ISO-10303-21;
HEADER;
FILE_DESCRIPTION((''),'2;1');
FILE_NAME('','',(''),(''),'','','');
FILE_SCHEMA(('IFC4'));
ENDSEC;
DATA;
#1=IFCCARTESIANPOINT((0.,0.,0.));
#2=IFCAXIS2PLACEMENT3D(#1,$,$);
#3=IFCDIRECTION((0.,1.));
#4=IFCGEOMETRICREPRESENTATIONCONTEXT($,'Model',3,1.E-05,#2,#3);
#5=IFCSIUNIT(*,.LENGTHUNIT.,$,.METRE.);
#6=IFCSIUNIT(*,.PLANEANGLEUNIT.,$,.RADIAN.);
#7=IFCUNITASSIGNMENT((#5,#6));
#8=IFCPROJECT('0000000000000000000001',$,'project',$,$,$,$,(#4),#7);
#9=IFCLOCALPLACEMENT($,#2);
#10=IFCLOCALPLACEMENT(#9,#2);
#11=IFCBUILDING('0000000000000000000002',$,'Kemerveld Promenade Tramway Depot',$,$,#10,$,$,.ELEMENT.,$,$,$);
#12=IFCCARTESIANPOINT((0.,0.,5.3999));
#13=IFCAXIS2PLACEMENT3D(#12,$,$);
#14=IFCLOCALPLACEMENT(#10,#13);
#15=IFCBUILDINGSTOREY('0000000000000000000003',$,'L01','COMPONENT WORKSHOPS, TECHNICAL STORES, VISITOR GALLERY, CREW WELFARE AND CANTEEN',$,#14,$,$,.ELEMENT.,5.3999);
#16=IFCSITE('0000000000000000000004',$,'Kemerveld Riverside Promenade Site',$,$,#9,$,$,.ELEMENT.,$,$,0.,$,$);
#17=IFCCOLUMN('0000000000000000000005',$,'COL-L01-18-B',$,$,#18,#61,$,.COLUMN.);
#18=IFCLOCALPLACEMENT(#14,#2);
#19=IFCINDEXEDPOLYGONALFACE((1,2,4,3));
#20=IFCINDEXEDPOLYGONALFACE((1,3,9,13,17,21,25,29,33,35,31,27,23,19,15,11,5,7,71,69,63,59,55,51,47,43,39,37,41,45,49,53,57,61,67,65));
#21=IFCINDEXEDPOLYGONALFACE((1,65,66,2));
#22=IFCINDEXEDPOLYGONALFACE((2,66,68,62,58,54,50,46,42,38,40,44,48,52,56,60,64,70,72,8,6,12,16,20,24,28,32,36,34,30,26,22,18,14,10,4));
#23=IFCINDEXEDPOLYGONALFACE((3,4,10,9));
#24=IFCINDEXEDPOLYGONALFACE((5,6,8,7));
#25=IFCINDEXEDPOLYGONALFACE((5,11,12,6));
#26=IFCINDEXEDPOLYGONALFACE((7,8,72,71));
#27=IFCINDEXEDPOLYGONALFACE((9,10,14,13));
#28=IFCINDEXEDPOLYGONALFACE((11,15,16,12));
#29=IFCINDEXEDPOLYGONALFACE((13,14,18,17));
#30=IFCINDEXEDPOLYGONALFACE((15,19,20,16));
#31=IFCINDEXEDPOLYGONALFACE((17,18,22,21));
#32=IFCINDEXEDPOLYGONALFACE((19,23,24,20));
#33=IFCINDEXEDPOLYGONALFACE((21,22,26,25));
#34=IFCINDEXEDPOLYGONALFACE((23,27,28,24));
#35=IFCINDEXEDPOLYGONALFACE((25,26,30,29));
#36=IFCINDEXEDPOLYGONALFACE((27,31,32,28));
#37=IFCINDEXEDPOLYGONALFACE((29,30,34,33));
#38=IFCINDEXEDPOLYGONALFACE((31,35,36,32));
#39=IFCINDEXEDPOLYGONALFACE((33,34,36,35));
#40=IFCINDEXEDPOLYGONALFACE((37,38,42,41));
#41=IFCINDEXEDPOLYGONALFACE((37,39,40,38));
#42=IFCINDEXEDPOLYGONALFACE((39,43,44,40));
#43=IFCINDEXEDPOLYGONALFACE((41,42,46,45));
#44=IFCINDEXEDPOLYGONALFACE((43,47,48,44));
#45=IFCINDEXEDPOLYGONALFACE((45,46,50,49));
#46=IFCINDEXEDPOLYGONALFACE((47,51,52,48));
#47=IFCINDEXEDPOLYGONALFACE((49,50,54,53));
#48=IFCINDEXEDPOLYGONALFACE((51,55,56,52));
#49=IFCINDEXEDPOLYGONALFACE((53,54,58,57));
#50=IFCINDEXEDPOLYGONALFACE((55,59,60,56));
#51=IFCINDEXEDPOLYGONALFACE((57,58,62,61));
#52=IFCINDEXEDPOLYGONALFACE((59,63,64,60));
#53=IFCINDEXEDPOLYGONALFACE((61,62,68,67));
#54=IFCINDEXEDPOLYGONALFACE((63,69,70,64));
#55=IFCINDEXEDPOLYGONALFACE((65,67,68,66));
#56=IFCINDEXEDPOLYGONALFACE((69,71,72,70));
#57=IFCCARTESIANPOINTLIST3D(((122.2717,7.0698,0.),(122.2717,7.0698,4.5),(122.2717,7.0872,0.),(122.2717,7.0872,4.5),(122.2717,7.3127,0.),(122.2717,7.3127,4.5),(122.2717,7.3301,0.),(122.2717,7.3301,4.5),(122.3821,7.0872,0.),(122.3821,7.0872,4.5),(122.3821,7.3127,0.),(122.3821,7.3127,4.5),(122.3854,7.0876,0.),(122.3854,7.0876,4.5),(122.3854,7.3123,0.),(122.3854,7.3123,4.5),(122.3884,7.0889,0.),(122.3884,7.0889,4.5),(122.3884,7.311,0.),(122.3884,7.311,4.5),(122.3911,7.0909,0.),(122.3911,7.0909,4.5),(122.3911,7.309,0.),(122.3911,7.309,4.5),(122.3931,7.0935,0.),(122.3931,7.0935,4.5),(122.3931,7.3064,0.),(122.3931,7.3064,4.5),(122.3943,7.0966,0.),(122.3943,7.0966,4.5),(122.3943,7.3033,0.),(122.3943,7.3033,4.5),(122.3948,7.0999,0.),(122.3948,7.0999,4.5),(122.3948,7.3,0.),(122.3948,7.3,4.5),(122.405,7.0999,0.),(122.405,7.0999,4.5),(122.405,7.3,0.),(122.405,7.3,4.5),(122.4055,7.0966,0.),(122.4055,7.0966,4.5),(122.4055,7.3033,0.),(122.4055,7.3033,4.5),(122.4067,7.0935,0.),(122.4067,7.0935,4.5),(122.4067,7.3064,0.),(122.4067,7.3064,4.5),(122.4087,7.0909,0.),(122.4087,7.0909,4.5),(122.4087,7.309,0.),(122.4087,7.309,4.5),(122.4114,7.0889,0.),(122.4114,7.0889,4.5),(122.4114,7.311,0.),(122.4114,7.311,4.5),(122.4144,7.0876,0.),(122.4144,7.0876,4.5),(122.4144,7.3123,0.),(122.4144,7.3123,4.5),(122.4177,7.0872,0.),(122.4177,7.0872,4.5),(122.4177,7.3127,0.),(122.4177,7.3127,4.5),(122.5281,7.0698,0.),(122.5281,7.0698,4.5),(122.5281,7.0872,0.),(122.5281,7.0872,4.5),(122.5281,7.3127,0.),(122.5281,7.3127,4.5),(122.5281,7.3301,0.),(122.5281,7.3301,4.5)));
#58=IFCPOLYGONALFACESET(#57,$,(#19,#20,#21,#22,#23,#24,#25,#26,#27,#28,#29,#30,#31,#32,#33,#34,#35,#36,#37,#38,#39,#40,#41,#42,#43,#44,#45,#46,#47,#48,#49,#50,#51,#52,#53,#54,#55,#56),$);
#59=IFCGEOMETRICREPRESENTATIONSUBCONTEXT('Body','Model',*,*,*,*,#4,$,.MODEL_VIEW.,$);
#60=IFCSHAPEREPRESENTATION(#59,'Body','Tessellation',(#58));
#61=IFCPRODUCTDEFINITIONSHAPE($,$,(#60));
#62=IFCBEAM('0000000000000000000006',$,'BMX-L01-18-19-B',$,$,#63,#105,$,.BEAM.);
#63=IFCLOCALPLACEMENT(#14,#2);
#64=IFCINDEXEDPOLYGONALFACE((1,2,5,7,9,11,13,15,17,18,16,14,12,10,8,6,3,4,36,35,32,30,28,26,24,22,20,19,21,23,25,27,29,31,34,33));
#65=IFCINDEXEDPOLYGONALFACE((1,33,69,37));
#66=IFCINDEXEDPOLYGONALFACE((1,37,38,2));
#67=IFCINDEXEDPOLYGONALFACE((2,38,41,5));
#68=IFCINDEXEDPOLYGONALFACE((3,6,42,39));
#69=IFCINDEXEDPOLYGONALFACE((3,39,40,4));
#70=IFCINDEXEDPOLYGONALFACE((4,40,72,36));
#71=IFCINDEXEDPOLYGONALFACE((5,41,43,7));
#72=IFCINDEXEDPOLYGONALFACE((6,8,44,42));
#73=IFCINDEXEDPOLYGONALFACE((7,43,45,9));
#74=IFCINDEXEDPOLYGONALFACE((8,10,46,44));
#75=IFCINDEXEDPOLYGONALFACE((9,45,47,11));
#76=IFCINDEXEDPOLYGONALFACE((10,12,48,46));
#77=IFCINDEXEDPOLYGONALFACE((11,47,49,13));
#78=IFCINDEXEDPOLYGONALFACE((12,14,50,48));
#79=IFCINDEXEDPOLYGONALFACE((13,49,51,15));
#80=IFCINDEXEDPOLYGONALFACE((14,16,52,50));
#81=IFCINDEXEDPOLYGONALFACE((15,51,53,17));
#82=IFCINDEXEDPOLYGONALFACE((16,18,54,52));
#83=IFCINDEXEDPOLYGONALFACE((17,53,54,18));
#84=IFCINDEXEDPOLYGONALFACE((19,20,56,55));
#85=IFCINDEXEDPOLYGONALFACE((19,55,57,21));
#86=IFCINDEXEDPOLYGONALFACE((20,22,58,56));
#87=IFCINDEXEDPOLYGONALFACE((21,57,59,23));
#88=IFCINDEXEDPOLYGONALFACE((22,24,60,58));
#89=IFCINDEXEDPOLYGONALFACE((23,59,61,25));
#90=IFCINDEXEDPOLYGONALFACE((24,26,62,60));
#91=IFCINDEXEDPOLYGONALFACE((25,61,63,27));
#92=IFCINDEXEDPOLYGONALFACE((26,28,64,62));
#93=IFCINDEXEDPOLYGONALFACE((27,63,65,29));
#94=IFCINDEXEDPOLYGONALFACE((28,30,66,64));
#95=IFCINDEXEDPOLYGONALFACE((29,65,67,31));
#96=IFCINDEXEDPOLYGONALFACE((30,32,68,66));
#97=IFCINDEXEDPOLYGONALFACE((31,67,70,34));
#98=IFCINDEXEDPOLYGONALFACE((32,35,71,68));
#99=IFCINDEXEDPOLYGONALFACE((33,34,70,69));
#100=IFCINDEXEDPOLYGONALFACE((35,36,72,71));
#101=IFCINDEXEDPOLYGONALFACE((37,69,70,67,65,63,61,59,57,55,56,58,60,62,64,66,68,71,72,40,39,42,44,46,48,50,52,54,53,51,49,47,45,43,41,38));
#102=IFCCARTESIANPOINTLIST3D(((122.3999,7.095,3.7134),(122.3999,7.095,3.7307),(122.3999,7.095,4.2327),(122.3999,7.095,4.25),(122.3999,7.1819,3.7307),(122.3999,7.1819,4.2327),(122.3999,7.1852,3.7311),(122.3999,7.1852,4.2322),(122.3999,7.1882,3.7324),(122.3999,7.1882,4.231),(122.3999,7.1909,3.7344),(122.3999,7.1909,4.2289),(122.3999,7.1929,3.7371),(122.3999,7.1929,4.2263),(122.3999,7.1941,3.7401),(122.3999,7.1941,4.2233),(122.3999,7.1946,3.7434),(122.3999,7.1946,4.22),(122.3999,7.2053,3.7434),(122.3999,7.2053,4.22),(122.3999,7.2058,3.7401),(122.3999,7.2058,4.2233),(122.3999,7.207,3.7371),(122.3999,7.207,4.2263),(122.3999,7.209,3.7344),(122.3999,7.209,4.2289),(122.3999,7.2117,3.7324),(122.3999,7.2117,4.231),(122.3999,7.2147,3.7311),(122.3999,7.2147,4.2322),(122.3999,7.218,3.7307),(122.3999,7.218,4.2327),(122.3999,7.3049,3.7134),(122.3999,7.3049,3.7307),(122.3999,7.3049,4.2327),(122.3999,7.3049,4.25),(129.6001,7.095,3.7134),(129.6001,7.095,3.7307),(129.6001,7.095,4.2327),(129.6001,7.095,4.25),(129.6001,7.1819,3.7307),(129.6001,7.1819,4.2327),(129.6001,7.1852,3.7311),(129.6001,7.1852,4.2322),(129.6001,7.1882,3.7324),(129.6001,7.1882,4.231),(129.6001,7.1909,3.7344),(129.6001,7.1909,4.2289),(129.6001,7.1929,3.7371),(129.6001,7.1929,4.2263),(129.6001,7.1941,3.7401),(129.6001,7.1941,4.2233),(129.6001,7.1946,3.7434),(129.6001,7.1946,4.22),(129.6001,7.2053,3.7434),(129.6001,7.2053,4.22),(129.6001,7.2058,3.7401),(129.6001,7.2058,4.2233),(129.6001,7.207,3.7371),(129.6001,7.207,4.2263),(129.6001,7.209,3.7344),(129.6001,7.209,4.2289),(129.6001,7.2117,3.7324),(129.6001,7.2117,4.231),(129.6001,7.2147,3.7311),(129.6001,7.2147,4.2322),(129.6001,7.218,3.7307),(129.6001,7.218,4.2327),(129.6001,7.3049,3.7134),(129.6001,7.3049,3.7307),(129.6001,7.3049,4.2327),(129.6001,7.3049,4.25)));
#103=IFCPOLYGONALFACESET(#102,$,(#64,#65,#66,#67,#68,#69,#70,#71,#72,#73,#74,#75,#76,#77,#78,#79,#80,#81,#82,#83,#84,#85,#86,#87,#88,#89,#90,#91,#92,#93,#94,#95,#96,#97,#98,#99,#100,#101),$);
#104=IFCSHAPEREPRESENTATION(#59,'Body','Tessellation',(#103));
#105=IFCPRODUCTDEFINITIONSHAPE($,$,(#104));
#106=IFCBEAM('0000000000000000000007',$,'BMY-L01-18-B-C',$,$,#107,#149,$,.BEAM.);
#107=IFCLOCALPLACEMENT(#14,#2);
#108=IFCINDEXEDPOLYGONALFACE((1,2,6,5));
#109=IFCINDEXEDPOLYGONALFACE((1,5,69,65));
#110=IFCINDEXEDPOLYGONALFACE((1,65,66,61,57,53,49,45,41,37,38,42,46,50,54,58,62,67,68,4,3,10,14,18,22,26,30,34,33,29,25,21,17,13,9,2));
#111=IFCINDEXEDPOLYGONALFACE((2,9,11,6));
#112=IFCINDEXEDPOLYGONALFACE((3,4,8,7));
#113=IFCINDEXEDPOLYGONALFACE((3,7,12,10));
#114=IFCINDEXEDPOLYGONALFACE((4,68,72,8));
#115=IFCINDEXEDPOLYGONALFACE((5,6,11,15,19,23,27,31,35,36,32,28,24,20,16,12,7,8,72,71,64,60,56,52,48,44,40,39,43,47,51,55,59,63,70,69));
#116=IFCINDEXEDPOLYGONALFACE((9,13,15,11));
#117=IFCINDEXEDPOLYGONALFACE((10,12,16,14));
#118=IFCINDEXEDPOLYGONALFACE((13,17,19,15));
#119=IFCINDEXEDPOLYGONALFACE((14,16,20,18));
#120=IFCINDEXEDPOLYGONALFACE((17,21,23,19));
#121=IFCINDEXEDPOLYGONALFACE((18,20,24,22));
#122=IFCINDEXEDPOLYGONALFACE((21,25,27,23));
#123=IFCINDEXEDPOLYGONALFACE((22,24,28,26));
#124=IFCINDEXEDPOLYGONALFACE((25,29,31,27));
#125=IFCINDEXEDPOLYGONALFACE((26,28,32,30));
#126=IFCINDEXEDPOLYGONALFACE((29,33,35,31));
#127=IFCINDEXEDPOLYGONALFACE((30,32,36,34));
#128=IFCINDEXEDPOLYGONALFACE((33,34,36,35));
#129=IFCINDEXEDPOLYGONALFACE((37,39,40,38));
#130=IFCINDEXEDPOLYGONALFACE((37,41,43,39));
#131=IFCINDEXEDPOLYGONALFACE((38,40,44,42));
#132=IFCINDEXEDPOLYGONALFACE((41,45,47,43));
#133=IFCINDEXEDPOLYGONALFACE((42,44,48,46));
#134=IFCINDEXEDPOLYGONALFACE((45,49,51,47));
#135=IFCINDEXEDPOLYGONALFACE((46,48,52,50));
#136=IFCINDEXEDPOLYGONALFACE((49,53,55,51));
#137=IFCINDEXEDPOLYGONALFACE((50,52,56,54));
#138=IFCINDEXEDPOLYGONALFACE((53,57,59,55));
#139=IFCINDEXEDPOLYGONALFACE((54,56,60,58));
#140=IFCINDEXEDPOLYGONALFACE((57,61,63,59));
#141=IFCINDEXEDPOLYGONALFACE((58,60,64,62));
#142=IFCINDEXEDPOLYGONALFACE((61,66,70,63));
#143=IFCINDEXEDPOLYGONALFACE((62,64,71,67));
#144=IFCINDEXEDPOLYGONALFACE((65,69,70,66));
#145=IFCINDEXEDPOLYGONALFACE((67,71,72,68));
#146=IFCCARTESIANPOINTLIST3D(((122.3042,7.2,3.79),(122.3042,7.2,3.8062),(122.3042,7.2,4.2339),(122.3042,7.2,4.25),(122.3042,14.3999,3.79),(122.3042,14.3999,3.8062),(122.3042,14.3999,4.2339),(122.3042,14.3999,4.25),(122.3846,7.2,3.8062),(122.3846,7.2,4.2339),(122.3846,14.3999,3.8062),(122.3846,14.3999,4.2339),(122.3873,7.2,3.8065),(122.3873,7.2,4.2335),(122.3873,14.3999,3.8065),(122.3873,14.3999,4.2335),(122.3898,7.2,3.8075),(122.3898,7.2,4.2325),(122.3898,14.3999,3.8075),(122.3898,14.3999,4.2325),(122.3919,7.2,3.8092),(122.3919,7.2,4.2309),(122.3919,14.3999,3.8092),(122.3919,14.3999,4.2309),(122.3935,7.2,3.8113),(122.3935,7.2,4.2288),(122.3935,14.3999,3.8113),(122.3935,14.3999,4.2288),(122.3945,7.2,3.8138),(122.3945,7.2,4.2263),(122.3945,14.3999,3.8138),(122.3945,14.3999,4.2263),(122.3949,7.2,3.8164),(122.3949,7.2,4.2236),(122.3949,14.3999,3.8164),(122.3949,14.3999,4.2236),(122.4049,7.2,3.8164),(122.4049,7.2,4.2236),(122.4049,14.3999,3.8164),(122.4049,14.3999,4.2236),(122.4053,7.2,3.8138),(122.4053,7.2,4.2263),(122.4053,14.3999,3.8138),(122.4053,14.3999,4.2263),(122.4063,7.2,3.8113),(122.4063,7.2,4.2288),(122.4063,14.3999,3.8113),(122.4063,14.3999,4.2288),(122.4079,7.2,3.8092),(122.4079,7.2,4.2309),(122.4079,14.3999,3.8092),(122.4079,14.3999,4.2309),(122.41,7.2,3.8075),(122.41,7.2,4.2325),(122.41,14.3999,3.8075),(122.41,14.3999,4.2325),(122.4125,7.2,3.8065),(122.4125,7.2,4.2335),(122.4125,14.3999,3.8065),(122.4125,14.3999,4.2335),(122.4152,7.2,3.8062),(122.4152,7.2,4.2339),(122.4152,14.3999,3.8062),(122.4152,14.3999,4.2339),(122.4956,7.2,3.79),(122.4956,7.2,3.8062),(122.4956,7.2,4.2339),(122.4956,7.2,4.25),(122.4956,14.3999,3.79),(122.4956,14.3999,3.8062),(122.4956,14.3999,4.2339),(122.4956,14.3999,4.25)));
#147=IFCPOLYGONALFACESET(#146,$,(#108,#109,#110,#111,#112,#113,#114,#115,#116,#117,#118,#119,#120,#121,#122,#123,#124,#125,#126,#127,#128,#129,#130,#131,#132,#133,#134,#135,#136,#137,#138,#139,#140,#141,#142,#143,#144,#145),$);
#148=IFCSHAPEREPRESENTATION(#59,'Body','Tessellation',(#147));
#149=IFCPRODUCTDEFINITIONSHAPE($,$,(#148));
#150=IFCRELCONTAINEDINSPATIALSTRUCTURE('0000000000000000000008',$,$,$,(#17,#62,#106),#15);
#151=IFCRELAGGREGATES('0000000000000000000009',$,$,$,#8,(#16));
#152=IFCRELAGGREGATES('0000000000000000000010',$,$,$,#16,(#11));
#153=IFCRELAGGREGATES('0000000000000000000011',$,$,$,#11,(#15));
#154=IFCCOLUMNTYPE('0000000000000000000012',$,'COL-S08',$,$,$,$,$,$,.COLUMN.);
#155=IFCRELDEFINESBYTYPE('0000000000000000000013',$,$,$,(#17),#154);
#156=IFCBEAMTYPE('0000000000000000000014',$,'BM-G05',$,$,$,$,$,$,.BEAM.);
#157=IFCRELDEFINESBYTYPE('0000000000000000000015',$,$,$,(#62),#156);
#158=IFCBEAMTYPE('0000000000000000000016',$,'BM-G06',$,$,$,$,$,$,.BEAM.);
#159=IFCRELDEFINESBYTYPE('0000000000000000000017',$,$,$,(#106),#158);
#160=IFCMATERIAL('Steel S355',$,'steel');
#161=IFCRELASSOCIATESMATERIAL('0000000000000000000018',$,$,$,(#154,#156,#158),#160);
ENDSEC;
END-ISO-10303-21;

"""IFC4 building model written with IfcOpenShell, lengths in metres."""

from ifc_helpers import new_model, si_unit, direction, frame, origin, origin_2d, place, context, subcontext, project, spatial, i_section, extrude, material, material_profile, profile_set, type_object, element, save


model = new_model("IFC4")

# Units and contexts
model_context = context("Model", 3, precision=1e-05, world=origin(), true_north=direction((0.0, 1.0)))
body_context = subcontext(model_context, "Body", "Model", "MODEL_VIEW")
ifc_project = project(units=[si_unit("LENGTHUNIT", "METRE"), si_unit("PLANEANGLEUNIT", "RADIAN")], contexts=[model_context])

# Site, building, storey
site_placement = place(None, origin())
site = spatial("IfcSite", under=ifc_project, at=site_placement, Name="Kemerveld Riverside Promenade Site", CompositionType="ELEMENT", RefElevation=0.0)
building_placement = place(site_placement, origin())
building = spatial("IfcBuilding", under=site, at=building_placement, Name="Kemerveld Promenade Tramway Depot", CompositionType="ELEMENT")
storey_placement = place(building_placement, frame((0.0, 0.0, 5.3999)))
storey = spatial("IfcBuildingStorey", under=building, at=storey_placement, Name="L01", Description="COMPONENT WORKSHOPS, TECHNICAL STORES, VISITOR GALLERY, CREW WELFARE AND CANTEEN", CompositionType="ELEMENT", Elevation=5.3999)

# Column
ifc_material_1 = material(Name="Steel S355", Category="steel")
ifc_material_profile_1 = material_profile(ifc_material_1, i_section(OverallWidth=0.2563, OverallDepth=0.2603, WebThickness=0.0103, FlangeThickness=0.0173, FilletRadius=0.0127, at=origin_2d()), Name="254x254x89 UC")
ifc_profile_set_1 = profile_set([ifc_material_profile_1], Name="Steel S355")
column_type = type_object("IfcColumnType", Name="COL-S08", PredefinedType="COLUMN", material=ifc_profile_set_1)
column_placement = place(storey_placement, frame((122.3999, 7.2, 0.0), z_axis=(0.0, 0.0, 1.0), x_axis=(1.0, 0.0, 0.0)))
element("IfcColumn", 1, at=column_placement, inside=storey, type_object=column_type, Name="COL-L01-18-B", PredefinedType="COLUMN", context=body_context, shape_type="SweptSolid", body=[
    extrude(i_section(OverallWidth=0.2563, OverallDepth=0.2603, WebThickness=0.0103, FlangeThickness=0.0173, FilletRadius=0.0127, at=origin_2d()), origin(), (0.0, 0.0, 1.0), 4.5),
])

# Beams
ifc_material_profile_2 = material_profile(ifc_material_1, i_section(OverallWidth=0.21, OverallDepth=0.5366, WebThickness=0.0107, FlangeThickness=0.0173, FilletRadius=0.0127, at=origin_2d()), Name="533x210x101 UB")
ifc_profile_set_2 = profile_set([ifc_material_profile_2], Name="Steel S355")
beam_type_1 = type_object("IfcBeamType", Name="BM-G05", PredefinedType="BEAM", material=ifc_profile_set_2)
beam_1_placement = place(storey_placement, frame((122.3999, 7.2, 3.9817), z_axis=(1.0, 0.0, 0.0), x_axis=(0.0, 1.0, 0.0)))
element("IfcBeam", 2, at=beam_1_placement, inside=storey, type_object=beam_type_1, Name="BMX-L01-18-19-B", PredefinedType="BEAM", context=body_context, shape_type="SweptSolid", body=[
    extrude(i_section(OverallWidth=0.21, OverallDepth=0.5366, WebThickness=0.0107, FlangeThickness=0.0173, FilletRadius=0.0127, at=origin_2d()), origin(), (0.0, 0.0, 1.0), 7.2002),
])
ifc_material_profile_3 = material_profile(ifc_material_1, i_section(OverallWidth=0.1914, OverallDepth=0.46, WebThickness=0.01, FlangeThickness=0.0161, FilletRadius=0.0103, at=origin_2d()), Name="457x191x82 UB")
ifc_profile_set_3 = profile_set([ifc_material_profile_3], Name="Steel S355")
beam_type_2 = type_object("IfcBeamType", Name="BM-G06", PredefinedType="BEAM", material=ifc_profile_set_3)
beam_2_placement = place(storey_placement, frame((122.3999, 7.2, 4.02), z_axis=(0.0, 1.0, 0.0), x_axis=(-1.0, 0.0, 0.0)))
element("IfcBeam", 3, at=beam_2_placement, inside=storey, type_object=beam_type_2, Name="BMY-L01-18-B-C", PredefinedType="BEAM", context=body_context, shape_type="SweptSolid", body=[
    extrude(i_section(OverallWidth=0.1914, OverallDepth=0.46, WebThickness=0.01, FlangeThickness=0.0161, FilletRadius=0.0103, at=origin_2d()), origin(), (0.0, 0.0, 1.0), 7.2),
])

save(model, "model.ifc")
